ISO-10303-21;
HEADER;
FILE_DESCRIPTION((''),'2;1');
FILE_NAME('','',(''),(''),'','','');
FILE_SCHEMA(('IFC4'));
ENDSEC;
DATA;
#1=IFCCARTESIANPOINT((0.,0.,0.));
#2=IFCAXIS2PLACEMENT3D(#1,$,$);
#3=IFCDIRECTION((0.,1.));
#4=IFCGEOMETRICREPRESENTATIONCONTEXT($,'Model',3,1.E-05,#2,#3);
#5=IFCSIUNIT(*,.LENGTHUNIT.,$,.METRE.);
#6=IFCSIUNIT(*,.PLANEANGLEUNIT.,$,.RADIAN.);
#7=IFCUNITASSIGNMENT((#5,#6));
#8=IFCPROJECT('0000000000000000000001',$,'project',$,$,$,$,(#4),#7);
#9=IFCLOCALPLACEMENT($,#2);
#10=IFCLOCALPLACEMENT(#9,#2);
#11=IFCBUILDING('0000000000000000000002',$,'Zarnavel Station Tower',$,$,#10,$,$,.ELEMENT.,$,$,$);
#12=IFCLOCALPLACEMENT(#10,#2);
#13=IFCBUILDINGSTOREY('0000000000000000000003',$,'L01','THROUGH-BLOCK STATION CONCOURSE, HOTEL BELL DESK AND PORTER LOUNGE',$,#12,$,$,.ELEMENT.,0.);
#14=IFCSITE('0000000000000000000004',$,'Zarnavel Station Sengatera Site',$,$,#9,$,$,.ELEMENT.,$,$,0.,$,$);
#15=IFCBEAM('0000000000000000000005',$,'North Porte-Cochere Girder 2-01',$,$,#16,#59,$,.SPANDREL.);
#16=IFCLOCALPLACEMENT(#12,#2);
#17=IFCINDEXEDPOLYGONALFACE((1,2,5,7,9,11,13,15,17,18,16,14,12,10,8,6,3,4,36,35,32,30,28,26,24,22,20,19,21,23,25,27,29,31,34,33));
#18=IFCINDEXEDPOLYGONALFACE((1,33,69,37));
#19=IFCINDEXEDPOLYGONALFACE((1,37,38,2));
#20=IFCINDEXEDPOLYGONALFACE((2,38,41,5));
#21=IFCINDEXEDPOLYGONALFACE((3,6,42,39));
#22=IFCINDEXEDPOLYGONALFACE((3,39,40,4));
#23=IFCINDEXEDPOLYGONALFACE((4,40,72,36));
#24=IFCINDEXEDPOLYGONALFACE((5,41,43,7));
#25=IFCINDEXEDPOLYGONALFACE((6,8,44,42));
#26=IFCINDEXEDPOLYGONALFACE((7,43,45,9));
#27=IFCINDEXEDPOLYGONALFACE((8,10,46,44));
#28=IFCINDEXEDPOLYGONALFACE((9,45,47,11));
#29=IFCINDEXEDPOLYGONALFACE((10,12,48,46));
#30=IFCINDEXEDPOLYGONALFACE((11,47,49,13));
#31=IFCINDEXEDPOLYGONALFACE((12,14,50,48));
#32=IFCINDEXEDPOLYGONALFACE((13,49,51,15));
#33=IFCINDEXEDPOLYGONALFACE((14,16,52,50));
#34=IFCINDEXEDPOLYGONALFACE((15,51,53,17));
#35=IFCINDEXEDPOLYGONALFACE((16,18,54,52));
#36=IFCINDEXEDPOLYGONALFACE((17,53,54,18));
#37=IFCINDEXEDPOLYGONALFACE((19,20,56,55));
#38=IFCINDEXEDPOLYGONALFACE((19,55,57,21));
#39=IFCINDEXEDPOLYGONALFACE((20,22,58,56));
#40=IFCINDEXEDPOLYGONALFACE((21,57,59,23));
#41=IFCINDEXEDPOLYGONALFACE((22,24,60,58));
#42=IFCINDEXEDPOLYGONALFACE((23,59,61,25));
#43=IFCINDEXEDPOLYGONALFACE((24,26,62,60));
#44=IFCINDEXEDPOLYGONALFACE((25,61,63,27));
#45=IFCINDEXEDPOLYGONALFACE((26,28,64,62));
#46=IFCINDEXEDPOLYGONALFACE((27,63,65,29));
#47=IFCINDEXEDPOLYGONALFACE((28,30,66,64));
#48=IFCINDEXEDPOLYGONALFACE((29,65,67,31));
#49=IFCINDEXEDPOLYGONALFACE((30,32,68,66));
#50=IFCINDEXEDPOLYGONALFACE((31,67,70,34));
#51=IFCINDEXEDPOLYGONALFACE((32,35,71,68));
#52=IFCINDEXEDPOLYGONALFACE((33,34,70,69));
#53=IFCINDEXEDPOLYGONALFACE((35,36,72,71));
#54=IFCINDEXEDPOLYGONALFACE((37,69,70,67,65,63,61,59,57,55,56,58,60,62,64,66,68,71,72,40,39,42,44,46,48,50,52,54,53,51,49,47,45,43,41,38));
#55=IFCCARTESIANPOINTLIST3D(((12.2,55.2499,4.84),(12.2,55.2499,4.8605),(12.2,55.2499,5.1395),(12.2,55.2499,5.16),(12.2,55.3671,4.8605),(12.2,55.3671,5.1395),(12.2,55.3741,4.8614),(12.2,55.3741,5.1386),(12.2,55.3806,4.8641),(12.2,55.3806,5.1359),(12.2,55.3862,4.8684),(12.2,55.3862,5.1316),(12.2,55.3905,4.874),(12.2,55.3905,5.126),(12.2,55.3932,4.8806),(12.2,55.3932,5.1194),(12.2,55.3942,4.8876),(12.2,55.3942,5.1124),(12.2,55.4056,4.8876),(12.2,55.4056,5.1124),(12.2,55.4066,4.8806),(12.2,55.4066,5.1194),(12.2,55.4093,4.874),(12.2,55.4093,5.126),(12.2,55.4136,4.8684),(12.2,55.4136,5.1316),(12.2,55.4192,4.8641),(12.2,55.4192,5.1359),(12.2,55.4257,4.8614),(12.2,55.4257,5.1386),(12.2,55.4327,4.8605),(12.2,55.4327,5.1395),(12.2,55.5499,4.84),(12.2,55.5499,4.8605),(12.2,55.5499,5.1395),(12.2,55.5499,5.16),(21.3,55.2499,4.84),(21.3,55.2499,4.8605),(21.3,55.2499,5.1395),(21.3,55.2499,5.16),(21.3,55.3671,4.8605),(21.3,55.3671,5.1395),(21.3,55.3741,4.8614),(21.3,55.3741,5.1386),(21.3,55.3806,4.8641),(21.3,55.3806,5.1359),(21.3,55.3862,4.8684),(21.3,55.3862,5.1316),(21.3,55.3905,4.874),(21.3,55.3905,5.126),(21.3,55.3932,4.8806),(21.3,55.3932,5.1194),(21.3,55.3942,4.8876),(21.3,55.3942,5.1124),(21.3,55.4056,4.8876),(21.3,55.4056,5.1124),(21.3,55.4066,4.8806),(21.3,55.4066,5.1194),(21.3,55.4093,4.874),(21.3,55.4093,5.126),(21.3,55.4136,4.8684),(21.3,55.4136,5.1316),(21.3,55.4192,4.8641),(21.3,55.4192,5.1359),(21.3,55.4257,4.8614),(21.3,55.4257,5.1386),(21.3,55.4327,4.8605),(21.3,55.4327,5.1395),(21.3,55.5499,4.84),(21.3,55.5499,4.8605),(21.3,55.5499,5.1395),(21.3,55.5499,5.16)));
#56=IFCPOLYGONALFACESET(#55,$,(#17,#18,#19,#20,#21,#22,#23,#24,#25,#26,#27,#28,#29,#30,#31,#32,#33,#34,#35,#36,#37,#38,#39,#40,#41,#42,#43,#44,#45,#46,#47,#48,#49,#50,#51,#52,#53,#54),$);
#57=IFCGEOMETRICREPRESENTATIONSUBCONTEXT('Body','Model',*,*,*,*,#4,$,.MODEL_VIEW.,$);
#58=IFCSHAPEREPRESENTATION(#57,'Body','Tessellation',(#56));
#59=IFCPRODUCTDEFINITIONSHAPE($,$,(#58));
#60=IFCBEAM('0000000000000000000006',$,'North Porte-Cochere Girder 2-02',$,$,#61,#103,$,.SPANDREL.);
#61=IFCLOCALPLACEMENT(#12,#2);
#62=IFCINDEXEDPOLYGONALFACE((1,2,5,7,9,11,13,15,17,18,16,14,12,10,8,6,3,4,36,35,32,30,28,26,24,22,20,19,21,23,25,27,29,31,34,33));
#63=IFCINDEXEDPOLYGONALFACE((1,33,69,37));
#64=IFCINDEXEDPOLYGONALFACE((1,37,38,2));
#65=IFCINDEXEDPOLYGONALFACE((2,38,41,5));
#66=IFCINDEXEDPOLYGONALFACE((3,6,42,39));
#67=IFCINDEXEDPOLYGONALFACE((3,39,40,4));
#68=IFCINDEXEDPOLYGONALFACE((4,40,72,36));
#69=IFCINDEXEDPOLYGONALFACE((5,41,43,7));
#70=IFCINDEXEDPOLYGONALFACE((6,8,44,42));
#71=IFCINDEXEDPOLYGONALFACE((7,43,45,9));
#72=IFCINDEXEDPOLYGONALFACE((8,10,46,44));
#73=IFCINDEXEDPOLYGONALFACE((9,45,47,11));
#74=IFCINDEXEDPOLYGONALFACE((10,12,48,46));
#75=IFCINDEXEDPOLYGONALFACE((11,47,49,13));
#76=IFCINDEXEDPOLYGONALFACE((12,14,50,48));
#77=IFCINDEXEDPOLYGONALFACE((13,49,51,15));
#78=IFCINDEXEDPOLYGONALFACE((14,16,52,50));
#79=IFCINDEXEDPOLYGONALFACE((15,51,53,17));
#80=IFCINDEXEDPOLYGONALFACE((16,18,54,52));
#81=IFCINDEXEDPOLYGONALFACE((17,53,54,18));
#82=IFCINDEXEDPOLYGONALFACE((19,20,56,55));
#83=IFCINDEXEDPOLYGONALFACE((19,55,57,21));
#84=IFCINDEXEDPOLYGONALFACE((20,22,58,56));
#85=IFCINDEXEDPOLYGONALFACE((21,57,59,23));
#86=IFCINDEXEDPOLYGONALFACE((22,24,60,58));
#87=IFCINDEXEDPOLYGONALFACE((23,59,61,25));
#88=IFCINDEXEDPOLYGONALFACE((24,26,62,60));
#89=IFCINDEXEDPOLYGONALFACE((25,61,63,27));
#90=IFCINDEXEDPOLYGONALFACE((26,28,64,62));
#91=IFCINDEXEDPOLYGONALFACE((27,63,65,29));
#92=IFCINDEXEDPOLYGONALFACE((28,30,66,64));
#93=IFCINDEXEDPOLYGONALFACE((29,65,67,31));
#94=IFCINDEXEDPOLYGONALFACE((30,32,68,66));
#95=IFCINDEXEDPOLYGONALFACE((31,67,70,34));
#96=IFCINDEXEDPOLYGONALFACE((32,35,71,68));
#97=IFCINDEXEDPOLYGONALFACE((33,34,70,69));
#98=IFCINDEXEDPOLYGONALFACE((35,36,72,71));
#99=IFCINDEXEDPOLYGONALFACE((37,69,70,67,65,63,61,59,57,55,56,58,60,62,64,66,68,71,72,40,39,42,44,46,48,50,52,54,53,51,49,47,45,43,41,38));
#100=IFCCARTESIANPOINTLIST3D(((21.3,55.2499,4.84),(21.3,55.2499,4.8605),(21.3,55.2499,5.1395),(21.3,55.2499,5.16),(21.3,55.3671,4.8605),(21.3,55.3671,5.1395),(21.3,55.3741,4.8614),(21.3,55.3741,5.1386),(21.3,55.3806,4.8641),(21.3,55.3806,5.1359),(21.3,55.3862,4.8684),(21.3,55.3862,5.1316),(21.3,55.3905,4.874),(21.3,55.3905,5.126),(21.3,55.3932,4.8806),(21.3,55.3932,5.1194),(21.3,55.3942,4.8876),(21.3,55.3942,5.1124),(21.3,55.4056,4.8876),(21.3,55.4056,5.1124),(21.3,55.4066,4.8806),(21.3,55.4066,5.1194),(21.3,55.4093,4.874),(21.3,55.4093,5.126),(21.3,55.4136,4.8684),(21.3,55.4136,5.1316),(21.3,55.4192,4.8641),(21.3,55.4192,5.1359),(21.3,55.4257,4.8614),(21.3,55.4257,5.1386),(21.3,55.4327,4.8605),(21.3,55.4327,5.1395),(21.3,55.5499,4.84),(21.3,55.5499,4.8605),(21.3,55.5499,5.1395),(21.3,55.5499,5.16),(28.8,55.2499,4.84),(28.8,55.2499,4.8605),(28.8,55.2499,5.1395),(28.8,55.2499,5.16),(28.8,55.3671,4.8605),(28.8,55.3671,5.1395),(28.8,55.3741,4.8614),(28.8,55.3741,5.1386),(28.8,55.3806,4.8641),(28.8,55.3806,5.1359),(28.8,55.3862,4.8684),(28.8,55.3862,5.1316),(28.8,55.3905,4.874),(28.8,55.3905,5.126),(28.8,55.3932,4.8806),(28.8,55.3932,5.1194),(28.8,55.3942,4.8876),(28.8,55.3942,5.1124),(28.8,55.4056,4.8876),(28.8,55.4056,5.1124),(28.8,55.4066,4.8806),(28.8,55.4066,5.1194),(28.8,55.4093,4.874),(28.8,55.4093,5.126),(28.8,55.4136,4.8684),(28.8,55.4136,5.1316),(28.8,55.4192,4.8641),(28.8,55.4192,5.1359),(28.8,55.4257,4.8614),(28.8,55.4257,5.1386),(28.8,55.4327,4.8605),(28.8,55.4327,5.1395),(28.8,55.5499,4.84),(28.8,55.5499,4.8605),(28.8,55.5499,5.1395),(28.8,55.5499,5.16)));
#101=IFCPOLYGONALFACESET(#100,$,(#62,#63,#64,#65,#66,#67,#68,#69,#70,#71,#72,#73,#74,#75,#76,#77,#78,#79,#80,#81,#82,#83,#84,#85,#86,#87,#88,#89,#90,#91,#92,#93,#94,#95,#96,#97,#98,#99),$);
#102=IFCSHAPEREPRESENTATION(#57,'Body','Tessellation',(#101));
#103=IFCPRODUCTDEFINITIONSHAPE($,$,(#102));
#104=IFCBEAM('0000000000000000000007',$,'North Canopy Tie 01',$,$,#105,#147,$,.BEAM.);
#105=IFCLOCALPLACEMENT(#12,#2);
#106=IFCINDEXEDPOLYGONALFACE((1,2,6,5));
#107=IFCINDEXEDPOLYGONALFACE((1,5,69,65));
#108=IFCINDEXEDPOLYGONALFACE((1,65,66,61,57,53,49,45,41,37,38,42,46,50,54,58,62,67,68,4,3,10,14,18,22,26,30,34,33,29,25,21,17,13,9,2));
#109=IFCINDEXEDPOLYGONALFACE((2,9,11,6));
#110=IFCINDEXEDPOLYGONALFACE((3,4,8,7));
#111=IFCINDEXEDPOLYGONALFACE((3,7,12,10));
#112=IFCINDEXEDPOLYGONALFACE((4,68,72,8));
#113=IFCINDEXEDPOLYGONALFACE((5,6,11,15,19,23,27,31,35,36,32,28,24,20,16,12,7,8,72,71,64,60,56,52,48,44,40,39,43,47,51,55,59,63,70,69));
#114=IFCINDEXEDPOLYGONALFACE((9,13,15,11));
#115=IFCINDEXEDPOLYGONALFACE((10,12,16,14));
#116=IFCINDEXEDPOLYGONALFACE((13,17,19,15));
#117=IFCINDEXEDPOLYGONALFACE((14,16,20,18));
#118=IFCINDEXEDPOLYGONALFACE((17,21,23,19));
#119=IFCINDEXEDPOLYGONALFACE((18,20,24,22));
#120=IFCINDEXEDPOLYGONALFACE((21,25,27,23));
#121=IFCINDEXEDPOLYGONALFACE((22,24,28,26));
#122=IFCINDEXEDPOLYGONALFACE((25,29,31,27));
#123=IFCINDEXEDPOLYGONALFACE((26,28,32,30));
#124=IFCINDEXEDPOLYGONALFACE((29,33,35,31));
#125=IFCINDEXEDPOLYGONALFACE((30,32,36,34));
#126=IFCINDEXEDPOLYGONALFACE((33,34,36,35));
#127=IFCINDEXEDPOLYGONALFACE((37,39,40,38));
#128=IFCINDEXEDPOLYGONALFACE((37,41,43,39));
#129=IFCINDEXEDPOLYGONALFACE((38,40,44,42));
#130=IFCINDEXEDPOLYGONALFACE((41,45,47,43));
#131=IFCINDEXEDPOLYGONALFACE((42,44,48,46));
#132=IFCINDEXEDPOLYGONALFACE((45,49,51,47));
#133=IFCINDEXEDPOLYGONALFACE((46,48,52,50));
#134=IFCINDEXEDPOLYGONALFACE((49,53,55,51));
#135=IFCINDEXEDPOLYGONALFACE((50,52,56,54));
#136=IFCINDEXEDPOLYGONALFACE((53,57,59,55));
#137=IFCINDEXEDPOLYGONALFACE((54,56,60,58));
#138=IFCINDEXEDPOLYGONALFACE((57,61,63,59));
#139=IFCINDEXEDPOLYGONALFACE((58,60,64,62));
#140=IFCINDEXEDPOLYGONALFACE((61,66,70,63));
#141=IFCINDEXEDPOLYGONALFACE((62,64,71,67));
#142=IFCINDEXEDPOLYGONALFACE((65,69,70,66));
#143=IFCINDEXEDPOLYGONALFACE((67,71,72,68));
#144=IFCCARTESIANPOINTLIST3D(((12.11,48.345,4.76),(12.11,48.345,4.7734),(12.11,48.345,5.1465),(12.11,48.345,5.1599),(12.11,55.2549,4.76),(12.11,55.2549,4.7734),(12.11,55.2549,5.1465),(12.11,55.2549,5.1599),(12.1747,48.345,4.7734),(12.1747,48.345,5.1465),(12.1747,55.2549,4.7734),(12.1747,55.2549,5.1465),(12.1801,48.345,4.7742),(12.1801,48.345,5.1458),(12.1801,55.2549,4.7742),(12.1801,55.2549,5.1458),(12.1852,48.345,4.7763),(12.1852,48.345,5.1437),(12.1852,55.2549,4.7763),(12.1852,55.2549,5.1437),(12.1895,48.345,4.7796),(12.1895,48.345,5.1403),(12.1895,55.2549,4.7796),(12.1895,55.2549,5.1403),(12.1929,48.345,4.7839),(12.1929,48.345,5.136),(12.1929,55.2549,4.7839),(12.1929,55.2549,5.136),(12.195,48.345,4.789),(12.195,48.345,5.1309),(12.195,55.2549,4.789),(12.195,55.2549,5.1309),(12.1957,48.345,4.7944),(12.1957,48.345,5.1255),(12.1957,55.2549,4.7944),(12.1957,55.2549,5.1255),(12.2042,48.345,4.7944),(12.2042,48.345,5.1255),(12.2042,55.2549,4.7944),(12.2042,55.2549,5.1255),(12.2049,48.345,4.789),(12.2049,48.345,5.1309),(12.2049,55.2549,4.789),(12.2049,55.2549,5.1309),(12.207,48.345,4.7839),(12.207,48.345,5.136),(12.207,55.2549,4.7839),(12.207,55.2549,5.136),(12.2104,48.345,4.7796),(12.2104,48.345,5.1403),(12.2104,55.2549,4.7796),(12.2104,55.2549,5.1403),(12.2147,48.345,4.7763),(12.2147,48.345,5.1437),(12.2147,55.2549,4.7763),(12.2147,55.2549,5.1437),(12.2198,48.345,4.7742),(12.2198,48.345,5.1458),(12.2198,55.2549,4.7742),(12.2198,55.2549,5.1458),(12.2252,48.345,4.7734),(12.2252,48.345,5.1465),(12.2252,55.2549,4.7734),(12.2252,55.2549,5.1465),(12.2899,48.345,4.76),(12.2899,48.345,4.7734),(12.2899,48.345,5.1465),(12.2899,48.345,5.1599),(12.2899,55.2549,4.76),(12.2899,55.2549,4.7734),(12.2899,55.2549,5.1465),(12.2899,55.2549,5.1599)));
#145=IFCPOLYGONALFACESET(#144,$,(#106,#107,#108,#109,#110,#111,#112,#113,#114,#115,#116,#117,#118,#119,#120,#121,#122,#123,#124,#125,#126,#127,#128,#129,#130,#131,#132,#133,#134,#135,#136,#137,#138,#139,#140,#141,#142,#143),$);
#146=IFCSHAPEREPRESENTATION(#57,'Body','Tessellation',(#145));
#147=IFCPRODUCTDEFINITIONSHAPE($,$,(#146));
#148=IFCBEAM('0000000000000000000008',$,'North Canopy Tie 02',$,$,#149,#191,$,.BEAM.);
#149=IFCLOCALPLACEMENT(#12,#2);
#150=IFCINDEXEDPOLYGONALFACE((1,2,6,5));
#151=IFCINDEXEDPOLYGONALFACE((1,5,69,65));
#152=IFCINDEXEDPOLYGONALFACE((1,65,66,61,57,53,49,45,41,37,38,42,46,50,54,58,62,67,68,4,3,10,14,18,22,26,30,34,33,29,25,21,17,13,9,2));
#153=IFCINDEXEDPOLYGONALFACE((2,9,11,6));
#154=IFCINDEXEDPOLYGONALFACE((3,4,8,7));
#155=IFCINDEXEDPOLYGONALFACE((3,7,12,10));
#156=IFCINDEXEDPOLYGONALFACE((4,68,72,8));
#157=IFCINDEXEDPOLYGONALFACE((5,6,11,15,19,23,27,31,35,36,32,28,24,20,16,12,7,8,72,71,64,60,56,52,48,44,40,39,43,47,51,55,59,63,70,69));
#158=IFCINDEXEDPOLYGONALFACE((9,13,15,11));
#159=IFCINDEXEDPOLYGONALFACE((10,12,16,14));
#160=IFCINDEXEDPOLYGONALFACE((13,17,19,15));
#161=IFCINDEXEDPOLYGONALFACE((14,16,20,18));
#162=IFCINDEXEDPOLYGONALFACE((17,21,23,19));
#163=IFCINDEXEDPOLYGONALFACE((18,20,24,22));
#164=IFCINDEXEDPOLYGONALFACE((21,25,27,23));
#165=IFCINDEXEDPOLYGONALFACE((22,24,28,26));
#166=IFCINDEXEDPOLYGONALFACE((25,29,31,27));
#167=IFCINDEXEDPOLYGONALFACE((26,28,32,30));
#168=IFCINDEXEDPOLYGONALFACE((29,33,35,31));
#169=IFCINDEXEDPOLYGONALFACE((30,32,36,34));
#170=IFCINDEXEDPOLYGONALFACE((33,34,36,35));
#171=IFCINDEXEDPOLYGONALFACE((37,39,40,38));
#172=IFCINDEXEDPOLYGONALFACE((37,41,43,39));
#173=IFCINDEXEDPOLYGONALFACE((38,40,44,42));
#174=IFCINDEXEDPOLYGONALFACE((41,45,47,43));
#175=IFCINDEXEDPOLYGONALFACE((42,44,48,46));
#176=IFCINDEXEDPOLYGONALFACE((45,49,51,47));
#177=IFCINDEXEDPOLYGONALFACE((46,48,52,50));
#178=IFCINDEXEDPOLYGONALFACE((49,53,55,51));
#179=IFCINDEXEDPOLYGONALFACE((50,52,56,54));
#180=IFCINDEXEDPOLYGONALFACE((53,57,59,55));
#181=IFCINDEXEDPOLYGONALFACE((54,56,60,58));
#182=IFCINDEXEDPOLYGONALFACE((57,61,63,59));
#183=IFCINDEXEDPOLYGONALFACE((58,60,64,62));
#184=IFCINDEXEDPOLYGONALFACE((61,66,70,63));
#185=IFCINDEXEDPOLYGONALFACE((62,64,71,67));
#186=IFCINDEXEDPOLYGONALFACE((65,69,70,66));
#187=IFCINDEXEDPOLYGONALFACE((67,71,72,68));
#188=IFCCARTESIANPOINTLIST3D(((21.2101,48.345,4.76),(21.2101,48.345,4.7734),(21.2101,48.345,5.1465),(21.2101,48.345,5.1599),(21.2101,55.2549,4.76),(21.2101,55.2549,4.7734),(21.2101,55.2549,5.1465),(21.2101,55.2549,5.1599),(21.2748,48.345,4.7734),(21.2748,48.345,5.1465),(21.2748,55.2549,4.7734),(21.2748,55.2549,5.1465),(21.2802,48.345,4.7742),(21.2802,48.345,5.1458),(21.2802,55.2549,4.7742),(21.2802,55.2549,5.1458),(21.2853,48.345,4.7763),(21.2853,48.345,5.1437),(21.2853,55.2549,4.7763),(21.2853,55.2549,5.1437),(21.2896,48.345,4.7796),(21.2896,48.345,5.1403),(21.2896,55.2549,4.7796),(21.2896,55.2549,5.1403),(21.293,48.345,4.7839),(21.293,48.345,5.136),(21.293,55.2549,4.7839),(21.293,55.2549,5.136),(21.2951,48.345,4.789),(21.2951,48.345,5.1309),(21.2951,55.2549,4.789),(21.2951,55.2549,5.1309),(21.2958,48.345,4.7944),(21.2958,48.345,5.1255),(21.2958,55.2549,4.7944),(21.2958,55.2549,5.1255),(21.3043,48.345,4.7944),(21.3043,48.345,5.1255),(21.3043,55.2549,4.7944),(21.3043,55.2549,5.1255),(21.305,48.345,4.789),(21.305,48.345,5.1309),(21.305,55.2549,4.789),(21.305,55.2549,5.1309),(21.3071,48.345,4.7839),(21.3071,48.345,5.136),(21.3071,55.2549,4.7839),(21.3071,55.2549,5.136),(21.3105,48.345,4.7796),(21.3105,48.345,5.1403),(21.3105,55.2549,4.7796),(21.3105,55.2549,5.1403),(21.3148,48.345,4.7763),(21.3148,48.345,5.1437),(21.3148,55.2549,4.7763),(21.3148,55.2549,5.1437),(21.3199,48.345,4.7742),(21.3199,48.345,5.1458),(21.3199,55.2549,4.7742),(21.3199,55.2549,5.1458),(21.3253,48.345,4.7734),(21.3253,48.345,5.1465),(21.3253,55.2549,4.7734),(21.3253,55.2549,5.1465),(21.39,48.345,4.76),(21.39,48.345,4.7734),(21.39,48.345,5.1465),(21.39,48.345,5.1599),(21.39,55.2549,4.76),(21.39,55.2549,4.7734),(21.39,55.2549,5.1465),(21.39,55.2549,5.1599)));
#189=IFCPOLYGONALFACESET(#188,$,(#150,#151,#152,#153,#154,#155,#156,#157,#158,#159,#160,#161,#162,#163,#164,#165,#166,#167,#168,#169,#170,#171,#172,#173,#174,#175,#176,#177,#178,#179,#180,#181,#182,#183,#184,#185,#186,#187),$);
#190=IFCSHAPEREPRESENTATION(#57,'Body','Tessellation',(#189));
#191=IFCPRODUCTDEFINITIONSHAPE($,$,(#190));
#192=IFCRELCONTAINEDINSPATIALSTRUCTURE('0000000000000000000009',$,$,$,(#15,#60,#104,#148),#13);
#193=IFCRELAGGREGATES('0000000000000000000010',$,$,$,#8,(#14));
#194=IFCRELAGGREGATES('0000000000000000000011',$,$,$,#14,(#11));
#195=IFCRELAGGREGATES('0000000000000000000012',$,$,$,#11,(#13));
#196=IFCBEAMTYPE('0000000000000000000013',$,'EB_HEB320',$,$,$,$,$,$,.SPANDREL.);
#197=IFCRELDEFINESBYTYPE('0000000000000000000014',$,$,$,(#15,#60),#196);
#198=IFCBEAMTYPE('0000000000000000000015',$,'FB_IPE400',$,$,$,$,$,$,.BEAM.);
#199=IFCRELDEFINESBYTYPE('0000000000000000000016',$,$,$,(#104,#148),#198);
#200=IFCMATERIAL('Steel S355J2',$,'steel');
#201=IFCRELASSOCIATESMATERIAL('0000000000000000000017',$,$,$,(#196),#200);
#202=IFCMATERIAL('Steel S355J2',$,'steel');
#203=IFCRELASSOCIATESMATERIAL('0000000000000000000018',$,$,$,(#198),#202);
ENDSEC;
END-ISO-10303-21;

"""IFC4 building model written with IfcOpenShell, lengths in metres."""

from ifc_helpers import new_model, si_unit, direction, frame, origin, origin_2d, place, context, subcontext, project, spatial, i_section, extrude, material, material_profile, profile_set, type_object, element, save


model = new_model("IFC4")

# Units and contexts
model_context = context("Model", 3, precision=1e-05, world=origin(), true_north=direction((0.0, 1.0)))
body_context = subcontext(model_context, "Body", "Model", "MODEL_VIEW")
ifc_project = project(units=[si_unit("LENGTHUNIT", "METRE"), si_unit("PLANEANGLEUNIT", "RADIAN")], contexts=[model_context])

# Site, building, storey
site_placement = place(None, origin())
site = spatial("IfcSite", under=ifc_project, at=site_placement, Name="Zarnavel Station Sengatera Site", CompositionType="ELEMENT", RefElevation=0.0)
building_placement = place(site_placement, origin())
building = spatial("IfcBuilding", under=site, at=building_placement, Name="Zarnavel Station Tower", CompositionType="ELEMENT")
storey_placement = place(building_placement, origin())
storey = spatial("IfcBuildingStorey", under=building, at=storey_placement, Name="L01", Description="THROUGH-BLOCK STATION CONCOURSE, HOTEL BELL DESK AND PORTER LOUNGE", CompositionType="ELEMENT", Elevation=0.0)

# Beams
ifc_material_1 = material(Name="Steel S355J2", Category="steel")
ifc_material_profile_1 = material_profile(ifc_material_1, i_section(OverallWidth=0.3, OverallDepth=0.3201, WebThickness=0.0115, FlangeThickness=0.0205, FilletRadius=0.0271, at=origin_2d()), Name="HEB320")
ifc_profile_set_1 = profile_set([ifc_material_profile_1], Name="Steel S355J2")
beam_type_1 = type_object("IfcBeamType", Name="EB_HEB320", PredefinedType="SPANDREL", material=ifc_profile_set_1)
beam_1_placement = place(storey_placement, frame((12.2, 55.3999, 5.0), z_axis=(1.0, 0.0, 0.0), x_axis=(0.0, 1.0, 0.0)))
element("IfcBeam", 1, at=beam_1_placement, inside=storey, type_object=beam_type_1, Name="North Porte-Cochere Girder 2-01", PredefinedType="SPANDREL", context=body_context, shape_type="SweptSolid", body=[
    extrude(i_section(OverallWidth=0.3, OverallDepth=0.3201, WebThickness=0.0115, FlangeThickness=0.0205, FilletRadius=0.0271, at=origin_2d()), origin(), (0.0, 0.0, 1.0), 9.1001),
])
beam_2_placement = place(storey_placement, frame((21.3, 55.3999, 5.0), z_axis=(1.0, 0.0, 0.0), x_axis=(0.0, 1.0, 0.0)))
element("IfcBeam", 2, at=beam_2_placement, inside=storey, type_object=beam_type_1, Name="North Porte-Cochere Girder 2-02", PredefinedType="SPANDREL", context=body_context, shape_type="SweptSolid", body=[
    extrude(i_section(OverallWidth=0.3, OverallDepth=0.3201, WebThickness=0.0115, FlangeThickness=0.0205, FilletRadius=0.0271, at=origin_2d()), origin(), (0.0, 0.0, 1.0), 7.5),
])
ifc_material_2 = material(Name="Steel S355J2", Category="steel")
ifc_material_profile_2 = material_profile(ifc_material_2, i_section(OverallWidth=0.1799, OverallDepth=0.3999, WebThickness=0.0085, FlangeThickness=0.0134, FilletRadius=0.021, at=origin_2d()), Name="IPE400")
ifc_profile_set_2 = profile_set([ifc_material_profile_2], Name="Steel S355J2")
beam_type_2 = type_object("IfcBeamType", Name="FB_IPE400", PredefinedType="BEAM", material=ifc_profile_set_2)
for number, where, z_axis, x_axis, name in (
    (3, (12.2, 48.345, 4.96), (0.0, 1.0, 0.0), (-1.0, 0.0, 0.0), "North Canopy Tie 01"),
    (4, (21.3, 48.345, 4.96), (0.0, 1.0, 0.0), (-1.0, 0.0, 0.0), "North Canopy Tie 02"),
):
    element("IfcBeam", number, at=place(storey_placement, frame(where, z_axis=z_axis, x_axis=x_axis)), inside=storey, type_object=beam_type_2, Name=name, PredefinedType="BEAM", context=body_context, shape_type="SweptSolid", body=[
        extrude(i_section(OverallWidth=0.1799, OverallDepth=0.3999, WebThickness=0.0085, FlangeThickness=0.0134, FilletRadius=0.021, at=origin_2d()), origin(), (0.0, 0.0, 1.0), 6.9099),
    ])

save(model, "model.ifc")
